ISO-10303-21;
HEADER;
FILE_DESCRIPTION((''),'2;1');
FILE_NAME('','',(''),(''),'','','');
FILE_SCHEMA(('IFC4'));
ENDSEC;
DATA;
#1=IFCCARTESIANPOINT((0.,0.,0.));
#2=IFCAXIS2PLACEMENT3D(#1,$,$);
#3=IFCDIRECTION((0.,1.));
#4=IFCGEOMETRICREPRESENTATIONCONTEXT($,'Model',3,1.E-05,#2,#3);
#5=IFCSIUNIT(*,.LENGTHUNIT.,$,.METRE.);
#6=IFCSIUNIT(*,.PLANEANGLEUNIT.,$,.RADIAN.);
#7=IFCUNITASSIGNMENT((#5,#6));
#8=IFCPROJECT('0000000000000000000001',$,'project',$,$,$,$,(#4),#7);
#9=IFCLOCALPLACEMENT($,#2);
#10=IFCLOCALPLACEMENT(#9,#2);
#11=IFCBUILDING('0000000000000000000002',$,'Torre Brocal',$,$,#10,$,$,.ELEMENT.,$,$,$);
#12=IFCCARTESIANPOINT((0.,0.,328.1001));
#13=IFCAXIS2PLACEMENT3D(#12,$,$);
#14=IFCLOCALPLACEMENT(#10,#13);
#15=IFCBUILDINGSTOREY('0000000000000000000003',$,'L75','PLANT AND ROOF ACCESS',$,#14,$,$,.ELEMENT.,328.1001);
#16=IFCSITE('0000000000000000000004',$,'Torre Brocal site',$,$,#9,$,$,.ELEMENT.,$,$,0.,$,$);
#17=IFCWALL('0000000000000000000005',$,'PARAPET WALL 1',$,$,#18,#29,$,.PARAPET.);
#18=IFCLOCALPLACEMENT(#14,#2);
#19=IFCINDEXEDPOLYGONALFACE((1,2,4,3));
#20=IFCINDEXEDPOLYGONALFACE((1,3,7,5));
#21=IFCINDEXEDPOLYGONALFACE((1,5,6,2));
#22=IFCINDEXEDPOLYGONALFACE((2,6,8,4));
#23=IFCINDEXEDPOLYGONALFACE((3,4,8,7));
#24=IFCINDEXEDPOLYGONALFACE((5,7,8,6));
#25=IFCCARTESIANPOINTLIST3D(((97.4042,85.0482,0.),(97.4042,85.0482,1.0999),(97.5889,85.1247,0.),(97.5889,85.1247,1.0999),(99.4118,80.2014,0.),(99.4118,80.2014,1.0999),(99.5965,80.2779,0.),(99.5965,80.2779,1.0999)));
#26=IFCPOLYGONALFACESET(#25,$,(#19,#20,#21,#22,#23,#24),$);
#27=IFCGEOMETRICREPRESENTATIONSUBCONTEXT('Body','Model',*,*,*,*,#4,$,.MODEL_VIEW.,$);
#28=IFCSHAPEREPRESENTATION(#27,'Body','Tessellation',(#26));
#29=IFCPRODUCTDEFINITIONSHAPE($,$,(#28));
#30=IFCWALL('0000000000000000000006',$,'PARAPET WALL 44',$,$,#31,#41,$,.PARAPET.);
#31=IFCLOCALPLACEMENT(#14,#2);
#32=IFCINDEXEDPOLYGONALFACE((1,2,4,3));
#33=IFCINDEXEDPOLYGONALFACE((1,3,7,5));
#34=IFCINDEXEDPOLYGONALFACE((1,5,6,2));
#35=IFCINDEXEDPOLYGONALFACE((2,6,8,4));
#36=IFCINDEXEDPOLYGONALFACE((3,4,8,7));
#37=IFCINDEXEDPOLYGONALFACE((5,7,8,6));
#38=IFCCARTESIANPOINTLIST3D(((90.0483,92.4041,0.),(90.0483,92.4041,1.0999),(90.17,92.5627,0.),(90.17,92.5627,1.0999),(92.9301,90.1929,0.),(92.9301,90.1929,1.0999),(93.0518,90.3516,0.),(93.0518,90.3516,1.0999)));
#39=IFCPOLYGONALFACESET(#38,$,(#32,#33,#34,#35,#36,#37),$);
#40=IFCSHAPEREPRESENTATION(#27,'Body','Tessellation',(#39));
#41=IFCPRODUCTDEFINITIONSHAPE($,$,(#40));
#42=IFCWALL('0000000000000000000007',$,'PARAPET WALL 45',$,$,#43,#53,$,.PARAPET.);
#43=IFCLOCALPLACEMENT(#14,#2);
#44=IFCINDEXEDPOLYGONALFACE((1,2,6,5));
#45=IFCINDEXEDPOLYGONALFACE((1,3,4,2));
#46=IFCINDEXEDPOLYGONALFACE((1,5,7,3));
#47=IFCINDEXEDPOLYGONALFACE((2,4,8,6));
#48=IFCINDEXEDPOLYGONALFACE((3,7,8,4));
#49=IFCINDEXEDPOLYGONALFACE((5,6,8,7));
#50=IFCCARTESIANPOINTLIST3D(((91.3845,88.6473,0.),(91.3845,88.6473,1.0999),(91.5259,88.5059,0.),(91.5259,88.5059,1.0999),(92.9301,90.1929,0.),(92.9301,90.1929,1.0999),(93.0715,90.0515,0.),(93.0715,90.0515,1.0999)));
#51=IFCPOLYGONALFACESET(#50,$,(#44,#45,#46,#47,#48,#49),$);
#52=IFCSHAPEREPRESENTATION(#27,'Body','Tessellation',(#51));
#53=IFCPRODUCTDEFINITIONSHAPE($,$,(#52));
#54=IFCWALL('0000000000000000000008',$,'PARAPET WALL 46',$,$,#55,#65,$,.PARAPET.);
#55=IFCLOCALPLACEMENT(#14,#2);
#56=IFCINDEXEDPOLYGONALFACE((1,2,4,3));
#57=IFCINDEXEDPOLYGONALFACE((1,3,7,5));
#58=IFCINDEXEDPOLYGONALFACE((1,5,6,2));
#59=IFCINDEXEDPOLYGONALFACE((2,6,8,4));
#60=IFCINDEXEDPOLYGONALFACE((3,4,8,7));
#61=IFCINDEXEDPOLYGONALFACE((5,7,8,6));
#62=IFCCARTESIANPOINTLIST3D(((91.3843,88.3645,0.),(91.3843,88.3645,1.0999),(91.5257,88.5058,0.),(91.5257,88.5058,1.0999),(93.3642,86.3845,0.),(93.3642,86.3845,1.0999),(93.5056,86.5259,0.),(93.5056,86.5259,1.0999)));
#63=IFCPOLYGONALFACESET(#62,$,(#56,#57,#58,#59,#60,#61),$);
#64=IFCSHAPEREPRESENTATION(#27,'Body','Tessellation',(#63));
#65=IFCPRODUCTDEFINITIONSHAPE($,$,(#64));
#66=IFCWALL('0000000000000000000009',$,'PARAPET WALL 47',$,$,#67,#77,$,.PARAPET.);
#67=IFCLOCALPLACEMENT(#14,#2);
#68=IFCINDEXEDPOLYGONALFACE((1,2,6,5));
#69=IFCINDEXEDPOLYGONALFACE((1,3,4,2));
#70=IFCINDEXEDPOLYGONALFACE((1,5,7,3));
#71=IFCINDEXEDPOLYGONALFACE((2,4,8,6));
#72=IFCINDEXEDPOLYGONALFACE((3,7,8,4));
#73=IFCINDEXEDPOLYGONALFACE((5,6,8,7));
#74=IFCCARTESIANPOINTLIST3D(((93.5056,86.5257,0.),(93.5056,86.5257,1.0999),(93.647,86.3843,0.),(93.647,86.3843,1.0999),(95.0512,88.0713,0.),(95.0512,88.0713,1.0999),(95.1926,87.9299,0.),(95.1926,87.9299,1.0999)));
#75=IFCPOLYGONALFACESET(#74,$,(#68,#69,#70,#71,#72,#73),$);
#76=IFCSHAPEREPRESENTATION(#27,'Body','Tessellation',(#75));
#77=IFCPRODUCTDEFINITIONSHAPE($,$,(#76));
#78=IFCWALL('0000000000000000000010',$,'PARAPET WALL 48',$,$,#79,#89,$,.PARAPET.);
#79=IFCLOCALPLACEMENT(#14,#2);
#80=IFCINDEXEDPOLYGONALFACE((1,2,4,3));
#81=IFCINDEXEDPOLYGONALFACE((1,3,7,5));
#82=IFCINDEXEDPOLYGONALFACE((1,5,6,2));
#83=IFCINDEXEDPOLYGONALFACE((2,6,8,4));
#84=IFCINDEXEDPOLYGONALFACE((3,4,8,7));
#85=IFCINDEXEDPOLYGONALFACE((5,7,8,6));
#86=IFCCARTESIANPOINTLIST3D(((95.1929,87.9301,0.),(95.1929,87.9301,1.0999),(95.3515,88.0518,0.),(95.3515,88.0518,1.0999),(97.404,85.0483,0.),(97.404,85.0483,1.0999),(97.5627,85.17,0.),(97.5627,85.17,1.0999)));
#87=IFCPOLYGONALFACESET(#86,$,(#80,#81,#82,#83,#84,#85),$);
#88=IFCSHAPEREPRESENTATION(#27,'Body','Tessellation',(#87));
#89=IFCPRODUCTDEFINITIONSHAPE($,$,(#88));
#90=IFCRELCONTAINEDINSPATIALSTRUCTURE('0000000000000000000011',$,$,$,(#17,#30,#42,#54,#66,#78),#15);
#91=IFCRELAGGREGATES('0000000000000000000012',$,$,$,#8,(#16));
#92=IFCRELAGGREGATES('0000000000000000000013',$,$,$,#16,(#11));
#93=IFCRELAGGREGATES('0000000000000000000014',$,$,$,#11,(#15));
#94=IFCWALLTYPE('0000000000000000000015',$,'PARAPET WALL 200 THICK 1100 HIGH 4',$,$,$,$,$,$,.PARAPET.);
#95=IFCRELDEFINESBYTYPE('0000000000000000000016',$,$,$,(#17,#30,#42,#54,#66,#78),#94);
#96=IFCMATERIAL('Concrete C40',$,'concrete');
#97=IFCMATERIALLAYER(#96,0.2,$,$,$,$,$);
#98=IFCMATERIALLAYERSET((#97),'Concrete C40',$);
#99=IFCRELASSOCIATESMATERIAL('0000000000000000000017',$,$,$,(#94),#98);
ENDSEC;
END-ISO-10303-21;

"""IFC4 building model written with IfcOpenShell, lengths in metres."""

from ifc_helpers import new_model, si_unit, direction, frame, frame_2d, origin, place, context, subcontext, project, spatial, rectangle, extrude, material, layer, layer_set, type_object, element, save


model = new_model("IFC4")

# Units and contexts
model_context = context("Model", 3, precision=1e-05, world=origin(), true_north=direction((0.0, 1.0)))
body_context = subcontext(model_context, "Body", "Model", "MODEL_VIEW")
ifc_project = project(units=[si_unit("LENGTHUNIT", "METRE"), si_unit("PLANEANGLEUNIT", "RADIAN")], contexts=[model_context])

# Site, building, storey
site_placement = place(None, origin())
site = spatial("IfcSite", under=ifc_project, at=site_placement, Name="Torre Brocal site", CompositionType="ELEMENT", RefElevation=0.0)
building_placement = place(site_placement, origin())
building = spatial("IfcBuilding", under=site, at=building_placement, Name="Torre Brocal", CompositionType="ELEMENT")
storey_placement = place(building_placement, frame((0.0, 0.0, 328.1001)))
storey = spatial("IfcBuildingStorey", under=building, at=storey_placement, Name="L75", Description="PLANT AND ROOF ACCESS", CompositionType="ELEMENT", Elevation=328.1001)

# Walls
ifc_material_1 = material(Name="Concrete C40", Category="concrete")
ifc_layer_1 = layer(ifc_material_1, 0.2)
ifc_layer_set_1 = layer_set([ifc_layer_1], Name="Concrete C40")
wall_type_1 = type_object("IfcWallType", Name="PARAPET WALL 200 THICK 1100 HIGH 4", PredefinedType="PARAPET", material=ifc_layer_set_1)
wall_1_placement = place(storey_placement, frame((97.4966, 85.0864, 0.0), z_axis=(0.0, 0.0, 1.0), x_axis=(0.382685, -0.923879, 0.0)))
element("IfcWall", 1, at=wall_1_placement, inside=storey, type_object=wall_type_1, Name="PARAPET WALL 1", PredefinedType="PARAPET", context=body_context, shape_type="SweptSolid", body=[
    extrude(rectangle(XDim=5.2461, YDim=0.2, at=frame_2d((2.623, 0.0))), origin(), (0.0, 0.0, 1.0), 1.0999),
])
wall_2_placement = place(storey_placement, frame((90.1091, 92.4834, 0.0), z_axis=(0.0, 0.0, 1.0), x_axis=(0.79337, -0.608739, 0.0)))
element("IfcWall", 2, at=wall_2_placement, inside=storey, type_object=wall_type_1, Name="PARAPET WALL 44", PredefinedType="PARAPET", context=body_context, shape_type="SweptSolid", body=[
    extrude(rectangle(XDim=3.6323, YDim=0.2, at=frame_2d((1.8162, 0.0))), origin(), (0.0, 0.0, 1.0), 1.0999),
])
wall_3_placement = place(storey_placement, frame((93.0007, 90.1221, 0.0), z_axis=(0.0, 0.0, 1.0), x_axis=(-0.707107, -0.707107, 0.0)))
element("IfcWall", 3, at=wall_3_placement, inside=storey, type_object=wall_type_1, Name="PARAPET WALL 45", PredefinedType="PARAPET", context=body_context, shape_type="SweptSolid", body=[
    extrude(rectangle(XDim=2.1858, YDim=0.2, at=frame_2d((1.0928, 0.0))), origin(), (0.0, 0.0, 1.0), 1.0999),
])
wall_4_placement = place(storey_placement, frame((91.4551, 88.4351, 0.0), z_axis=(0.0, 0.0, 1.0), x_axis=(0.707107, -0.707107, 0.0)))
element("IfcWall", 4, at=wall_4_placement, inside=storey, type_object=wall_type_1, Name="PARAPET WALL 46", PredefinedType="PARAPET", context=body_context, shape_type="SweptSolid", body=[
    extrude(rectangle(XDim=2.8, YDim=0.2, at=frame_2d((1.3999, 0.0))), origin(), (0.0, 0.0, 1.0), 1.0999),
])
wall_5_placement = place(storey_placement, frame((93.5764, 86.4551, 0.0), z_axis=(0.0, 0.0, 1.0), x_axis=(0.707107, 0.707107, 0.0)))
element("IfcWall", 5, at=wall_5_placement, inside=storey, type_object=wall_type_1, Name="PARAPET WALL 47", PredefinedType="PARAPET", context=body_context, shape_type="SweptSolid", body=[
    extrude(rectangle(XDim=2.1858, YDim=0.2, at=frame_2d((1.0928, 0.0))), origin(), (0.0, 0.0, 1.0), 1.0999),
])
wall_6_placement = place(storey_placement, frame((95.2722, 87.991, 0.0), z_axis=(0.0, 0.0, 1.0), x_axis=(0.608739, -0.79337, 0.0)))
element("IfcWall", 6, at=wall_6_placement, inside=storey, type_object=wall_type_1, Name="PARAPET WALL 48", PredefinedType="PARAPET", context=body_context, shape_type="SweptSolid", body=[
    extrude(rectangle(XDim=3.6323, YDim=0.2, at=frame_2d((1.8162, 0.0))), origin(), (0.0, 0.0, 1.0), 1.0999),
])

save(model, "model.ifc")
